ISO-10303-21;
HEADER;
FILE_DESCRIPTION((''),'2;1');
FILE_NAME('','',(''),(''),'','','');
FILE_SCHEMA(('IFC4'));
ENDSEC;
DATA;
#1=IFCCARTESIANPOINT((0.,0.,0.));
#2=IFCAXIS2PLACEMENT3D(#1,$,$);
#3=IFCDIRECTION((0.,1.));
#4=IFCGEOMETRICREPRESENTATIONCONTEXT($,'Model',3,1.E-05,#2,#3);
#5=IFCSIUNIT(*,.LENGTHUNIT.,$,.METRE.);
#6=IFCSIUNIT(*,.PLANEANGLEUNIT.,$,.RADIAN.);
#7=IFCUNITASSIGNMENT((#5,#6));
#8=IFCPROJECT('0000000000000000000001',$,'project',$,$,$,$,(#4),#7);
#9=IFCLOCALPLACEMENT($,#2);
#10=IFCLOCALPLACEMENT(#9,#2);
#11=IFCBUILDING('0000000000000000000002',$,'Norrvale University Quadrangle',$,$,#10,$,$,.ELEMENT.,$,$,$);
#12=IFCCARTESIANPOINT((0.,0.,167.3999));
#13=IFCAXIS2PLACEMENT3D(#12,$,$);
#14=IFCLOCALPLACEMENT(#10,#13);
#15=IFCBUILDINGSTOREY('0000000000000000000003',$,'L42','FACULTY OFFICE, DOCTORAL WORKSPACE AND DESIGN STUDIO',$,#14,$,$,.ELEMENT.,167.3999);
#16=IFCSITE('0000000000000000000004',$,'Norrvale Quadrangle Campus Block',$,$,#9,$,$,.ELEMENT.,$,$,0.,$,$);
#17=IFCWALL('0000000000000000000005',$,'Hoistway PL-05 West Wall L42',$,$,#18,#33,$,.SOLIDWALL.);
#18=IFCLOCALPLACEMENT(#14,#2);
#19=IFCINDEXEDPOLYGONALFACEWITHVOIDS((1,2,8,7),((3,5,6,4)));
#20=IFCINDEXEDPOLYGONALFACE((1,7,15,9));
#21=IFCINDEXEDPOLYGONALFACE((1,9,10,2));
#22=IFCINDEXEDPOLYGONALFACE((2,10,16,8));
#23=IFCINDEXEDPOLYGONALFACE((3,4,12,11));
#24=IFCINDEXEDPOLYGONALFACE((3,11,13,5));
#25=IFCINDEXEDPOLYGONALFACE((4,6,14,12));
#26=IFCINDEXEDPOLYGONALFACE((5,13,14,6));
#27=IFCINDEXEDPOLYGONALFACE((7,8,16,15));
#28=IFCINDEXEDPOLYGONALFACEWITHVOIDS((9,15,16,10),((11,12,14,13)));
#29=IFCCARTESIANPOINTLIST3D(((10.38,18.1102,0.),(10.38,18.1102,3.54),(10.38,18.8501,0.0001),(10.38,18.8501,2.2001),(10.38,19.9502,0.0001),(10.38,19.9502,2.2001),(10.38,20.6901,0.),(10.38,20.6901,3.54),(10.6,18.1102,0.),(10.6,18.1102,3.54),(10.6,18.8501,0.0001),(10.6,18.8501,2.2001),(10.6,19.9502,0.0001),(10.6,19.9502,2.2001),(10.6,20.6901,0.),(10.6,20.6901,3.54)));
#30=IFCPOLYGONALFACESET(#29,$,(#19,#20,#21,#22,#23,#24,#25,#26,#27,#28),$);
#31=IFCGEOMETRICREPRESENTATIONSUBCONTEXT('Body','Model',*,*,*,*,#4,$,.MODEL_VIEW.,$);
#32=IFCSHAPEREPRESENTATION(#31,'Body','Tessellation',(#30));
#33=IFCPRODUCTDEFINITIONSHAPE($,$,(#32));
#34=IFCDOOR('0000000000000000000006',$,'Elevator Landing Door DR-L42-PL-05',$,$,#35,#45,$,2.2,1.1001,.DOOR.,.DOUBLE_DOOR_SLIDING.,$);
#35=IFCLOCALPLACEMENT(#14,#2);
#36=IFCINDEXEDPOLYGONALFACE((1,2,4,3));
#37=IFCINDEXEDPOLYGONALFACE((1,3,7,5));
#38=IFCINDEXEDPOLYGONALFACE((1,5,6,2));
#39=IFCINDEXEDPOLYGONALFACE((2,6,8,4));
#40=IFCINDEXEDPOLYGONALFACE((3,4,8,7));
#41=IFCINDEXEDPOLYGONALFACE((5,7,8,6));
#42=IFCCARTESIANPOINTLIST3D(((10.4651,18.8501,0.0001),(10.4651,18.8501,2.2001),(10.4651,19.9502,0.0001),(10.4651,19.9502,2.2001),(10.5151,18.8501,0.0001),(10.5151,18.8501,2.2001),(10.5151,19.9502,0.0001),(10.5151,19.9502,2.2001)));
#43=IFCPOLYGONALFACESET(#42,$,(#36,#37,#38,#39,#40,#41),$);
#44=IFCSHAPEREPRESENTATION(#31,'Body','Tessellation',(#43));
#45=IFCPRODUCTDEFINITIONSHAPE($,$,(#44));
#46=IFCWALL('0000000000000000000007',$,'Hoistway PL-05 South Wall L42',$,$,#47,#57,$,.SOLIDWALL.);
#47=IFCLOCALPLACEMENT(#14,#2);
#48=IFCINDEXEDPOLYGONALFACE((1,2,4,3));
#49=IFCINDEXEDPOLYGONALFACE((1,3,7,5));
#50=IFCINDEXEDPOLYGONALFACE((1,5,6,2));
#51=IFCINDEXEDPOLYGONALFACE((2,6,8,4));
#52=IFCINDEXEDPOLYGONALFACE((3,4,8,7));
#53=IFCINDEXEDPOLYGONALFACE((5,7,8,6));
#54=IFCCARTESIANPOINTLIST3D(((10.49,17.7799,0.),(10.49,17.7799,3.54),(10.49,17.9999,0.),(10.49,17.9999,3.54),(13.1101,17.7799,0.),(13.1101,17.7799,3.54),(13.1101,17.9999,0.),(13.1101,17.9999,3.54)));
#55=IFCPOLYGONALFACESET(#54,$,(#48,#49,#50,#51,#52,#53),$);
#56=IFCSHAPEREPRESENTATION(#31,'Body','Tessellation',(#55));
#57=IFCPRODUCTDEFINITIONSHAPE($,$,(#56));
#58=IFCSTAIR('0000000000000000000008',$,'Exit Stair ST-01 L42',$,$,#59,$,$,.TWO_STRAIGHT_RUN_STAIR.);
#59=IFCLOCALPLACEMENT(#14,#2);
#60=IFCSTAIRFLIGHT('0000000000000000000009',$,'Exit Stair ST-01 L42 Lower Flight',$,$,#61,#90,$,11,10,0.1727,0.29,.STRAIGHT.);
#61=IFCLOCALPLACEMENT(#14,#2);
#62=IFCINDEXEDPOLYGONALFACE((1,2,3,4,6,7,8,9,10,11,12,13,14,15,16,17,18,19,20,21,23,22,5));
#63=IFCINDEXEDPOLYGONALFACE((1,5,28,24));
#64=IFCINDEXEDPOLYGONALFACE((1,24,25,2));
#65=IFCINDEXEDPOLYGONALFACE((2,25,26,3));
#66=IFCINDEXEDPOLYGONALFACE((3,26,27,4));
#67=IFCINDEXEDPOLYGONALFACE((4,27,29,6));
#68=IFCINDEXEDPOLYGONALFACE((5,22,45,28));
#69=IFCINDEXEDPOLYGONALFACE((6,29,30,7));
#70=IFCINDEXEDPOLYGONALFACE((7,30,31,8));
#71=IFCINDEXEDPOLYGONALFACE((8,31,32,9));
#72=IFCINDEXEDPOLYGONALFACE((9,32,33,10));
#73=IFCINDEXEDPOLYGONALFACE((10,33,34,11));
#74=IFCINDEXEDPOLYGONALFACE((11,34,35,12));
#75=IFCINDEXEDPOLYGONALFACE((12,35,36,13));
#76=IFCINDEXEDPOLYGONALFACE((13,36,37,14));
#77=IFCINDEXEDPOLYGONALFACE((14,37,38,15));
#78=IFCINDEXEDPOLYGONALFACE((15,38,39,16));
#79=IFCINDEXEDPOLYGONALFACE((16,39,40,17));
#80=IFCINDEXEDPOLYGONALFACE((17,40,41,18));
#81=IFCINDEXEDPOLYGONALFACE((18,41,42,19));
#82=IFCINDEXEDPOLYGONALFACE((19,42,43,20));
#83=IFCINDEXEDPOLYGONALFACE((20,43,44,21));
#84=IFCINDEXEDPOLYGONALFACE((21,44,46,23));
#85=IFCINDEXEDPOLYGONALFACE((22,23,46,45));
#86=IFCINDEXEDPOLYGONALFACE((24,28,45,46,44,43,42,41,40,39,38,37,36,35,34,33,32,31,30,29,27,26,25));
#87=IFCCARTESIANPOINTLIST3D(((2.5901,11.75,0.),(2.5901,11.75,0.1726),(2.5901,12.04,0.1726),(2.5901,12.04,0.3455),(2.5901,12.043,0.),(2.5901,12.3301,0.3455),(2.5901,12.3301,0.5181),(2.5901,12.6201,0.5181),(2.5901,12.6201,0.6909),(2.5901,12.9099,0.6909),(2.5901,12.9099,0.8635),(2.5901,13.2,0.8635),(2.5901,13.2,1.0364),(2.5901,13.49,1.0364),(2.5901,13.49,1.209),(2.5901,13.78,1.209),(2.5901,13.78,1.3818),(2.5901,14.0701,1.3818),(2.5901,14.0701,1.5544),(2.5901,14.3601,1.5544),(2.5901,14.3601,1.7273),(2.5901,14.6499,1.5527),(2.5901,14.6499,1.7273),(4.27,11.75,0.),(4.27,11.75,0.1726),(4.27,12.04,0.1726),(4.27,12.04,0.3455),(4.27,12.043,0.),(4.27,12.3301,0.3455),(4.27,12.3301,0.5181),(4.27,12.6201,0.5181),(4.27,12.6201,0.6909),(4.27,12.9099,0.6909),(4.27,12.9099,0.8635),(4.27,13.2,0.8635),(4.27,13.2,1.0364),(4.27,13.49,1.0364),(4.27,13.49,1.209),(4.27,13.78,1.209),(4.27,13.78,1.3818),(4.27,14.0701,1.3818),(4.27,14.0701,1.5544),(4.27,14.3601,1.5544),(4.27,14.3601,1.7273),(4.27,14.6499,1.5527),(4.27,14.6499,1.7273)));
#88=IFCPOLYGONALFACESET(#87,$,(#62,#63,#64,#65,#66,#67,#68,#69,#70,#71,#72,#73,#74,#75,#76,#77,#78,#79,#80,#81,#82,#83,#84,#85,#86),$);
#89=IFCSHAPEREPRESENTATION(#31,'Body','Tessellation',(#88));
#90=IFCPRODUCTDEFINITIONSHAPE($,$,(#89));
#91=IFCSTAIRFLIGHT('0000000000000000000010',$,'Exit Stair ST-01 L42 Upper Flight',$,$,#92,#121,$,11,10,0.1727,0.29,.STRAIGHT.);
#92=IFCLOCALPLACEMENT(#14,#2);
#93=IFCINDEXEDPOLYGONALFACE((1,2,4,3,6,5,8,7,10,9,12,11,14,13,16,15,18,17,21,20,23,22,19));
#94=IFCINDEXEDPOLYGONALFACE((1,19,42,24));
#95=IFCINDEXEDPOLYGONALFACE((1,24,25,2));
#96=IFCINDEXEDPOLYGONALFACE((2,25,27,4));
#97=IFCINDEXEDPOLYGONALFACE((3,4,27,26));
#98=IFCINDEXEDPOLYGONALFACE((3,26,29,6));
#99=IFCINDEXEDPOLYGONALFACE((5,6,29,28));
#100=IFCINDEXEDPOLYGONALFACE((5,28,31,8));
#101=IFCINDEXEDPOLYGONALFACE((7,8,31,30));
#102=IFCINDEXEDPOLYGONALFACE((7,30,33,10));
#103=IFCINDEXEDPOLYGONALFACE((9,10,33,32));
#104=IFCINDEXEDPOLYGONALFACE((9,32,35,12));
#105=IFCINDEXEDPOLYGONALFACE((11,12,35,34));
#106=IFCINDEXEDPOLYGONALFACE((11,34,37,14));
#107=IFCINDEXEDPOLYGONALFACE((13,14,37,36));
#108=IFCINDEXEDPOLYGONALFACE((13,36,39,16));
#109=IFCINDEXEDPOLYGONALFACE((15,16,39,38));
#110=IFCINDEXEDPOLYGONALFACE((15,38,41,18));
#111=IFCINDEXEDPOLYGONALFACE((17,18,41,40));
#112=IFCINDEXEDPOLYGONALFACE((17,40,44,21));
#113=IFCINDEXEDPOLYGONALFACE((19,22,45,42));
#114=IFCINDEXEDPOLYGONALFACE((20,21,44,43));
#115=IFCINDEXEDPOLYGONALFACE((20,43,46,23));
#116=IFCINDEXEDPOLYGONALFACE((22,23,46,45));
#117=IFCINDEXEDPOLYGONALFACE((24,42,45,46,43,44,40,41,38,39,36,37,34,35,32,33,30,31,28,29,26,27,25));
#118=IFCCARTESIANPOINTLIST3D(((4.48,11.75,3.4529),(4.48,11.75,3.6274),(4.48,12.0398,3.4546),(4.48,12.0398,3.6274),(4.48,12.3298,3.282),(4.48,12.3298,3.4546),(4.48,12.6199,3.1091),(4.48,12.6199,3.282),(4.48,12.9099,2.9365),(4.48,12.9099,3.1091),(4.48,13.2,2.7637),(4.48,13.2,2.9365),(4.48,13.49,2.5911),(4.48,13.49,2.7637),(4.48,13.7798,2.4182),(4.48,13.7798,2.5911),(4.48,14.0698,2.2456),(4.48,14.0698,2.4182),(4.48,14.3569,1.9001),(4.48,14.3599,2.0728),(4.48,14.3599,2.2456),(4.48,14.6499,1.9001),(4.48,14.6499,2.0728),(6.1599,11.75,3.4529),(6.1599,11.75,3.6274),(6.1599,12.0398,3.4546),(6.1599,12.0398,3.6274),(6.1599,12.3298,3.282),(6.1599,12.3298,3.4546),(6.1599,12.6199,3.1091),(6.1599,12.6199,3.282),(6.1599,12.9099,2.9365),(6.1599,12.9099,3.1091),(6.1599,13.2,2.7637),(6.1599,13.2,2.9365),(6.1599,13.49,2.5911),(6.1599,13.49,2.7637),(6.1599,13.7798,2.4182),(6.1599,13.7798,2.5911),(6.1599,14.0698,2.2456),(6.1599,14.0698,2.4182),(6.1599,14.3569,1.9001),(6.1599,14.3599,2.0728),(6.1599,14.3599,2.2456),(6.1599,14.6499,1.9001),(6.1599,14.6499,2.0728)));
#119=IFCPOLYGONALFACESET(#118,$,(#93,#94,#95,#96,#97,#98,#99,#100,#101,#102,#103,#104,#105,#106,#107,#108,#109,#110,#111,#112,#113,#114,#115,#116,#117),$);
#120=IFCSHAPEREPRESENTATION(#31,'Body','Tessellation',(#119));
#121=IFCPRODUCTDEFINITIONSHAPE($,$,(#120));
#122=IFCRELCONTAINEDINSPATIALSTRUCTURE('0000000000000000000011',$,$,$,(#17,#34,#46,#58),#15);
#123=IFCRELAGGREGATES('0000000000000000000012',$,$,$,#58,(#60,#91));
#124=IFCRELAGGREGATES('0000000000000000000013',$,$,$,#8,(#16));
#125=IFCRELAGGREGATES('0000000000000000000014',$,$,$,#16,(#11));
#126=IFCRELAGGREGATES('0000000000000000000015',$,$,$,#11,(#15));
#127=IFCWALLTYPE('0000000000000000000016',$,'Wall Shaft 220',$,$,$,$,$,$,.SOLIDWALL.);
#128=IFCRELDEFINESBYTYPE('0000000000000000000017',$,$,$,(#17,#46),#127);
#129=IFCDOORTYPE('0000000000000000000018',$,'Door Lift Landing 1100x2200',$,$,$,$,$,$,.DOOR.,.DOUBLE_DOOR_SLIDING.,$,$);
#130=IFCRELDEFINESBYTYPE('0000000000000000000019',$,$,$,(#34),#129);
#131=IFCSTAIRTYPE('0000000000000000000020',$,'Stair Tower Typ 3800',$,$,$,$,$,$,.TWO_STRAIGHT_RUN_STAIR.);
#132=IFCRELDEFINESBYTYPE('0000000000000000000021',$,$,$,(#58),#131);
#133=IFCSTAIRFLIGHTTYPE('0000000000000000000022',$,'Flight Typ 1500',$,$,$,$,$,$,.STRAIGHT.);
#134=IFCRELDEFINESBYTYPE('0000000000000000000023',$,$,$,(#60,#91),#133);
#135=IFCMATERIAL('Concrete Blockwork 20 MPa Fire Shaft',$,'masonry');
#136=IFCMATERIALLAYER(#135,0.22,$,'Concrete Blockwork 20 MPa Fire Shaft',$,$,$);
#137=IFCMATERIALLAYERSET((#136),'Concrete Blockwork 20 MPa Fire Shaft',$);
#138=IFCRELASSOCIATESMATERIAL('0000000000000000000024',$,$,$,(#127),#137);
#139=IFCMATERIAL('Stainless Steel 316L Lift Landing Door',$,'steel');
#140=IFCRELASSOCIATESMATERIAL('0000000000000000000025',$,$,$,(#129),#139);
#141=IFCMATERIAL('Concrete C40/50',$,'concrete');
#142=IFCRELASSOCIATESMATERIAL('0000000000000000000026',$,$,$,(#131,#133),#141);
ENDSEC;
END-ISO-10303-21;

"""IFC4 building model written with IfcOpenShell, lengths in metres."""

from ifc_helpers import new_model, si_unit, direction, frame, frame_2d, origin, place, context, subcontext, project, spatial, polyline, rectangle, outline, extrude, material, layer, layer_set, type_object, element, fill, aggregate, save


model = new_model("IFC4")

# Units and contexts
model_context = context("Model", 3, precision=1e-05, world=origin(), true_north=direction((0.0, 1.0)))
body_context = subcontext(model_context, "Body", "Model", "MODEL_VIEW")
ifc_project = project(units=[si_unit("LENGTHUNIT", "METRE"), si_unit("PLANEANGLEUNIT", "RADIAN")], contexts=[model_context])

# Site, building, storey
site_placement = place(None, origin())
site = spatial("IfcSite", under=ifc_project, at=site_placement, Name="Norrvale Quadrangle Campus Block", CompositionType="ELEMENT", RefElevation=0.0)
building_placement = place(site_placement, origin())
building = spatial("IfcBuilding", under=site, at=building_placement, Name="Norrvale University Quadrangle", CompositionType="ELEMENT")
storey_placement = place(building_placement, frame((0.0, 0.0, 167.3999)))
storey = spatial("IfcBuildingStorey", under=building, at=storey_placement, Name="L42", Description="FACULTY OFFICE, DOCTORAL WORKSPACE AND DESIGN STUDIO", CompositionType="ELEMENT", Elevation=167.3999)

# Shared definitions
ifc_material_1 = material(Name="Concrete Blockwork 20 MPa Fire Shaft", Category="masonry")
ifc_layer_1 = layer(ifc_material_1, 0.22, Name="Concrete Blockwork 20 MPa Fire Shaft")
ifc_layer_set_1 = layer_set([ifc_layer_1], Name="Concrete Blockwork 20 MPa Fire Shaft")
wall_type_1 = type_object("IfcWallType", Name="Wall Shaft 220", PredefinedType="SOLIDWALL", material=ifc_layer_set_1)

# Wall, opening, door
wall_1_placement = place(storey_placement, frame((10.49, 18.1101, 0.0), z_axis=(0.0, 0.0, 1.0), x_axis=(0.0, 1.0, 0.0)))
wall_1 = element("IfcWall", 1, at=wall_1_placement, inside=storey, type_object=wall_type_1, Name="Hoistway PL-05 West Wall L42", PredefinedType="SOLIDWALL", context=body_context, shape_type="SweptSolid", body=[
    extrude(rectangle(XDim=2.5798, YDim=0.22, at=frame_2d((1.29, 0.0))), origin(), (0.0, 0.0, 1.0), 3.54),
])
opening_1_placement = place(wall_1_placement, frame((0.74, 0.0, 0.0)))
opening_1 = element("IfcOpeningElement", 2, at=opening_1_placement, cuts=wall_1, PredefinedType="OPENING", context=body_context, shape_type="SweptSolid", body=[
    extrude(rectangle(XDim=1.1001, YDim=2.2, at=frame_2d((0.55, 1.1001))), frame((0.0, 0.1221, 0.0), z_axis=(0.0, -1.0, 0.0), x_axis=(1.0, 0.0, 0.0)), (0.0, 0.0, 1.0), 0.2439),
])
ifc_material_2 = material(Name="Stainless Steel 316L Lift Landing Door", Category="steel")
door_type_1 = type_object("IfcDoorType", Name="Door Lift Landing 1100x2200", OperationType="DOUBLE_DOOR_SLIDING", PredefinedType="DOOR", material=ifc_material_2)
door_1_placement = place(opening_1_placement, origin())
door_1 = element("IfcDoor", 3, at=door_1_placement, inside=storey, type_object=door_type_1, Name="Elevator Landing Door DR-L42-PL-05", OperationType="DOUBLE_DOOR_SLIDING", OverallHeight=2.2, OverallWidth=1.1001, PredefinedType="DOOR", context=body_context, shape_type="SweptSolid", body=[
    extrude(rectangle(XDim=1.1001, YDim=2.2, at=frame_2d((0.55, 1.1001))), frame((0.0, 0.0249, 0.0), z_axis=(0.0, -1.0, 0.0), x_axis=(1.0, 0.0, 0.0)), (0.0, 0.0, 1.0), 0.05),
])
fill(opening_1, door_1)

# Wall
wall_2_placement = place(storey_placement, frame((10.49, 17.8899, 0.0), z_axis=(0.0, 0.0, 1.0), x_axis=(1.0, 0.0, 0.0)))
element("IfcWall", 4, at=wall_2_placement, inside=storey, type_object=wall_type_1, Name="Hoistway PL-05 South Wall L42", PredefinedType="SOLIDWALL", context=body_context, shape_type="SweptSolid", body=[
    extrude(rectangle(XDim=2.6201, YDim=0.22, at=frame_2d((1.3101, 0.0))), origin(), (0.0, 0.0, 1.0), 3.54),
])

# Stair, stair flights
ifc_material_3 = material(Name="Concrete C40/50", Category="concrete")
stair_type = type_object("IfcStairType", Name="Stair Tower Typ 3800", PredefinedType="TWO_STRAIGHT_RUN_STAIR", material=ifc_material_3)
stair_placement = place(storey_placement, origin())
stair = element("IfcStair", 5, at=stair_placement, inside=storey, type_object=stair_type, Name="Exit Stair ST-01 L42", PredefinedType="TWO_STRAIGHT_RUN_STAIR")
stair_flight_type = type_object("IfcStairFlightType", Name="Flight Typ 1500", PredefinedType="STRAIGHT", material=ifc_material_3)
stair_flight_1_placement = place(storey_placement, frame((3.4299, 11.75, 0.0), z_axis=(0.0, 0.0, 1.0), x_axis=(0.0, 1.0, 0.0)))
stair_flight_1 = element("IfcStairFlight", 6, at=stair_flight_1_placement, type_object=stair_flight_type, Name="Exit Stair ST-01 L42 Lower Flight", NumberOfRisers=11, NumberOfTreads=10, PredefinedType="STRAIGHT", RiserHeight=0.1727, TreadLength=0.29, context=body_context, shape_type="SweptSolid", body=[
    extrude(outline(polyline([(0.0, 0.0), (0.0, 0.1726), (0.29, 0.1726), (0.29, 0.3455), (0.5801, 0.3455), (0.5801, 0.5181), (0.8701, 0.5181), (0.8701, 0.6909), (1.1599, 0.6909), (1.1599, 0.8635), (1.45, 0.8635), (1.45, 1.0364), (1.74, 1.0364), (1.74, 1.209), (2.03, 1.209), (2.03, 1.3818), (2.3201, 1.3818), (2.3201, 1.5544), (2.6101, 1.5544), (2.6101, 1.7273), (2.8999, 1.7273), (2.8999, 1.8999), (2.8999, 1.5527), (0.293, 0.0), (0.0, 0.0)])), frame((0.0, 0.8398, 0.0), z_axis=(0.0, -1.0, 0.0), x_axis=(1.0, 0.0, 0.0)), (0.0, 0.0, 1.0), 1.6799),
])
stair_flight_2_placement = place(storey_placement, frame((5.3201, 14.6499, 1.9001), z_axis=(0.0, 0.0, 1.0), x_axis=(0.0, -1.0, 0.0)))
stair_flight_2 = element("IfcStairFlight", 7, at=stair_flight_2_placement, type_object=stair_flight_type, Name="Exit Stair ST-01 L42 Upper Flight", NumberOfRisers=11, NumberOfTreads=10, PredefinedType="STRAIGHT", RiserHeight=0.1727, TreadLength=0.29, context=body_context, shape_type="SweptSolid", body=[
    extrude(outline(polyline([(0.0, 0.0), (0.0, 0.1726), (0.29, 0.1726), (0.29, 0.3455), (0.5801, 0.3455), (0.5801, 0.5181), (0.8701, 0.5181), (0.8701, 0.6909), (1.1599, 0.6909), (1.1599, 0.8635), (1.45, 0.8635), (1.45, 1.0364), (1.74, 1.0364), (1.74, 1.209), (2.03, 1.209), (2.03, 1.3818), (2.3201, 1.3818), (2.3201, 1.5544), (2.6101, 1.5544), (2.6101, 1.7273), (2.8999, 1.7273), (2.8999, 1.8999), (2.8999, 1.5527), (0.293, 0.0), (0.0, 0.0)])), frame((0.0, 0.8398, 0.0), z_axis=(0.0, -1.0, 0.0), x_axis=(1.0, 0.0, 0.0)), (0.0, 0.0, 1.0), 1.6799),
])
aggregate(stair, [stair_flight_1, stair_flight_2])

save(model, "model.ifc")
